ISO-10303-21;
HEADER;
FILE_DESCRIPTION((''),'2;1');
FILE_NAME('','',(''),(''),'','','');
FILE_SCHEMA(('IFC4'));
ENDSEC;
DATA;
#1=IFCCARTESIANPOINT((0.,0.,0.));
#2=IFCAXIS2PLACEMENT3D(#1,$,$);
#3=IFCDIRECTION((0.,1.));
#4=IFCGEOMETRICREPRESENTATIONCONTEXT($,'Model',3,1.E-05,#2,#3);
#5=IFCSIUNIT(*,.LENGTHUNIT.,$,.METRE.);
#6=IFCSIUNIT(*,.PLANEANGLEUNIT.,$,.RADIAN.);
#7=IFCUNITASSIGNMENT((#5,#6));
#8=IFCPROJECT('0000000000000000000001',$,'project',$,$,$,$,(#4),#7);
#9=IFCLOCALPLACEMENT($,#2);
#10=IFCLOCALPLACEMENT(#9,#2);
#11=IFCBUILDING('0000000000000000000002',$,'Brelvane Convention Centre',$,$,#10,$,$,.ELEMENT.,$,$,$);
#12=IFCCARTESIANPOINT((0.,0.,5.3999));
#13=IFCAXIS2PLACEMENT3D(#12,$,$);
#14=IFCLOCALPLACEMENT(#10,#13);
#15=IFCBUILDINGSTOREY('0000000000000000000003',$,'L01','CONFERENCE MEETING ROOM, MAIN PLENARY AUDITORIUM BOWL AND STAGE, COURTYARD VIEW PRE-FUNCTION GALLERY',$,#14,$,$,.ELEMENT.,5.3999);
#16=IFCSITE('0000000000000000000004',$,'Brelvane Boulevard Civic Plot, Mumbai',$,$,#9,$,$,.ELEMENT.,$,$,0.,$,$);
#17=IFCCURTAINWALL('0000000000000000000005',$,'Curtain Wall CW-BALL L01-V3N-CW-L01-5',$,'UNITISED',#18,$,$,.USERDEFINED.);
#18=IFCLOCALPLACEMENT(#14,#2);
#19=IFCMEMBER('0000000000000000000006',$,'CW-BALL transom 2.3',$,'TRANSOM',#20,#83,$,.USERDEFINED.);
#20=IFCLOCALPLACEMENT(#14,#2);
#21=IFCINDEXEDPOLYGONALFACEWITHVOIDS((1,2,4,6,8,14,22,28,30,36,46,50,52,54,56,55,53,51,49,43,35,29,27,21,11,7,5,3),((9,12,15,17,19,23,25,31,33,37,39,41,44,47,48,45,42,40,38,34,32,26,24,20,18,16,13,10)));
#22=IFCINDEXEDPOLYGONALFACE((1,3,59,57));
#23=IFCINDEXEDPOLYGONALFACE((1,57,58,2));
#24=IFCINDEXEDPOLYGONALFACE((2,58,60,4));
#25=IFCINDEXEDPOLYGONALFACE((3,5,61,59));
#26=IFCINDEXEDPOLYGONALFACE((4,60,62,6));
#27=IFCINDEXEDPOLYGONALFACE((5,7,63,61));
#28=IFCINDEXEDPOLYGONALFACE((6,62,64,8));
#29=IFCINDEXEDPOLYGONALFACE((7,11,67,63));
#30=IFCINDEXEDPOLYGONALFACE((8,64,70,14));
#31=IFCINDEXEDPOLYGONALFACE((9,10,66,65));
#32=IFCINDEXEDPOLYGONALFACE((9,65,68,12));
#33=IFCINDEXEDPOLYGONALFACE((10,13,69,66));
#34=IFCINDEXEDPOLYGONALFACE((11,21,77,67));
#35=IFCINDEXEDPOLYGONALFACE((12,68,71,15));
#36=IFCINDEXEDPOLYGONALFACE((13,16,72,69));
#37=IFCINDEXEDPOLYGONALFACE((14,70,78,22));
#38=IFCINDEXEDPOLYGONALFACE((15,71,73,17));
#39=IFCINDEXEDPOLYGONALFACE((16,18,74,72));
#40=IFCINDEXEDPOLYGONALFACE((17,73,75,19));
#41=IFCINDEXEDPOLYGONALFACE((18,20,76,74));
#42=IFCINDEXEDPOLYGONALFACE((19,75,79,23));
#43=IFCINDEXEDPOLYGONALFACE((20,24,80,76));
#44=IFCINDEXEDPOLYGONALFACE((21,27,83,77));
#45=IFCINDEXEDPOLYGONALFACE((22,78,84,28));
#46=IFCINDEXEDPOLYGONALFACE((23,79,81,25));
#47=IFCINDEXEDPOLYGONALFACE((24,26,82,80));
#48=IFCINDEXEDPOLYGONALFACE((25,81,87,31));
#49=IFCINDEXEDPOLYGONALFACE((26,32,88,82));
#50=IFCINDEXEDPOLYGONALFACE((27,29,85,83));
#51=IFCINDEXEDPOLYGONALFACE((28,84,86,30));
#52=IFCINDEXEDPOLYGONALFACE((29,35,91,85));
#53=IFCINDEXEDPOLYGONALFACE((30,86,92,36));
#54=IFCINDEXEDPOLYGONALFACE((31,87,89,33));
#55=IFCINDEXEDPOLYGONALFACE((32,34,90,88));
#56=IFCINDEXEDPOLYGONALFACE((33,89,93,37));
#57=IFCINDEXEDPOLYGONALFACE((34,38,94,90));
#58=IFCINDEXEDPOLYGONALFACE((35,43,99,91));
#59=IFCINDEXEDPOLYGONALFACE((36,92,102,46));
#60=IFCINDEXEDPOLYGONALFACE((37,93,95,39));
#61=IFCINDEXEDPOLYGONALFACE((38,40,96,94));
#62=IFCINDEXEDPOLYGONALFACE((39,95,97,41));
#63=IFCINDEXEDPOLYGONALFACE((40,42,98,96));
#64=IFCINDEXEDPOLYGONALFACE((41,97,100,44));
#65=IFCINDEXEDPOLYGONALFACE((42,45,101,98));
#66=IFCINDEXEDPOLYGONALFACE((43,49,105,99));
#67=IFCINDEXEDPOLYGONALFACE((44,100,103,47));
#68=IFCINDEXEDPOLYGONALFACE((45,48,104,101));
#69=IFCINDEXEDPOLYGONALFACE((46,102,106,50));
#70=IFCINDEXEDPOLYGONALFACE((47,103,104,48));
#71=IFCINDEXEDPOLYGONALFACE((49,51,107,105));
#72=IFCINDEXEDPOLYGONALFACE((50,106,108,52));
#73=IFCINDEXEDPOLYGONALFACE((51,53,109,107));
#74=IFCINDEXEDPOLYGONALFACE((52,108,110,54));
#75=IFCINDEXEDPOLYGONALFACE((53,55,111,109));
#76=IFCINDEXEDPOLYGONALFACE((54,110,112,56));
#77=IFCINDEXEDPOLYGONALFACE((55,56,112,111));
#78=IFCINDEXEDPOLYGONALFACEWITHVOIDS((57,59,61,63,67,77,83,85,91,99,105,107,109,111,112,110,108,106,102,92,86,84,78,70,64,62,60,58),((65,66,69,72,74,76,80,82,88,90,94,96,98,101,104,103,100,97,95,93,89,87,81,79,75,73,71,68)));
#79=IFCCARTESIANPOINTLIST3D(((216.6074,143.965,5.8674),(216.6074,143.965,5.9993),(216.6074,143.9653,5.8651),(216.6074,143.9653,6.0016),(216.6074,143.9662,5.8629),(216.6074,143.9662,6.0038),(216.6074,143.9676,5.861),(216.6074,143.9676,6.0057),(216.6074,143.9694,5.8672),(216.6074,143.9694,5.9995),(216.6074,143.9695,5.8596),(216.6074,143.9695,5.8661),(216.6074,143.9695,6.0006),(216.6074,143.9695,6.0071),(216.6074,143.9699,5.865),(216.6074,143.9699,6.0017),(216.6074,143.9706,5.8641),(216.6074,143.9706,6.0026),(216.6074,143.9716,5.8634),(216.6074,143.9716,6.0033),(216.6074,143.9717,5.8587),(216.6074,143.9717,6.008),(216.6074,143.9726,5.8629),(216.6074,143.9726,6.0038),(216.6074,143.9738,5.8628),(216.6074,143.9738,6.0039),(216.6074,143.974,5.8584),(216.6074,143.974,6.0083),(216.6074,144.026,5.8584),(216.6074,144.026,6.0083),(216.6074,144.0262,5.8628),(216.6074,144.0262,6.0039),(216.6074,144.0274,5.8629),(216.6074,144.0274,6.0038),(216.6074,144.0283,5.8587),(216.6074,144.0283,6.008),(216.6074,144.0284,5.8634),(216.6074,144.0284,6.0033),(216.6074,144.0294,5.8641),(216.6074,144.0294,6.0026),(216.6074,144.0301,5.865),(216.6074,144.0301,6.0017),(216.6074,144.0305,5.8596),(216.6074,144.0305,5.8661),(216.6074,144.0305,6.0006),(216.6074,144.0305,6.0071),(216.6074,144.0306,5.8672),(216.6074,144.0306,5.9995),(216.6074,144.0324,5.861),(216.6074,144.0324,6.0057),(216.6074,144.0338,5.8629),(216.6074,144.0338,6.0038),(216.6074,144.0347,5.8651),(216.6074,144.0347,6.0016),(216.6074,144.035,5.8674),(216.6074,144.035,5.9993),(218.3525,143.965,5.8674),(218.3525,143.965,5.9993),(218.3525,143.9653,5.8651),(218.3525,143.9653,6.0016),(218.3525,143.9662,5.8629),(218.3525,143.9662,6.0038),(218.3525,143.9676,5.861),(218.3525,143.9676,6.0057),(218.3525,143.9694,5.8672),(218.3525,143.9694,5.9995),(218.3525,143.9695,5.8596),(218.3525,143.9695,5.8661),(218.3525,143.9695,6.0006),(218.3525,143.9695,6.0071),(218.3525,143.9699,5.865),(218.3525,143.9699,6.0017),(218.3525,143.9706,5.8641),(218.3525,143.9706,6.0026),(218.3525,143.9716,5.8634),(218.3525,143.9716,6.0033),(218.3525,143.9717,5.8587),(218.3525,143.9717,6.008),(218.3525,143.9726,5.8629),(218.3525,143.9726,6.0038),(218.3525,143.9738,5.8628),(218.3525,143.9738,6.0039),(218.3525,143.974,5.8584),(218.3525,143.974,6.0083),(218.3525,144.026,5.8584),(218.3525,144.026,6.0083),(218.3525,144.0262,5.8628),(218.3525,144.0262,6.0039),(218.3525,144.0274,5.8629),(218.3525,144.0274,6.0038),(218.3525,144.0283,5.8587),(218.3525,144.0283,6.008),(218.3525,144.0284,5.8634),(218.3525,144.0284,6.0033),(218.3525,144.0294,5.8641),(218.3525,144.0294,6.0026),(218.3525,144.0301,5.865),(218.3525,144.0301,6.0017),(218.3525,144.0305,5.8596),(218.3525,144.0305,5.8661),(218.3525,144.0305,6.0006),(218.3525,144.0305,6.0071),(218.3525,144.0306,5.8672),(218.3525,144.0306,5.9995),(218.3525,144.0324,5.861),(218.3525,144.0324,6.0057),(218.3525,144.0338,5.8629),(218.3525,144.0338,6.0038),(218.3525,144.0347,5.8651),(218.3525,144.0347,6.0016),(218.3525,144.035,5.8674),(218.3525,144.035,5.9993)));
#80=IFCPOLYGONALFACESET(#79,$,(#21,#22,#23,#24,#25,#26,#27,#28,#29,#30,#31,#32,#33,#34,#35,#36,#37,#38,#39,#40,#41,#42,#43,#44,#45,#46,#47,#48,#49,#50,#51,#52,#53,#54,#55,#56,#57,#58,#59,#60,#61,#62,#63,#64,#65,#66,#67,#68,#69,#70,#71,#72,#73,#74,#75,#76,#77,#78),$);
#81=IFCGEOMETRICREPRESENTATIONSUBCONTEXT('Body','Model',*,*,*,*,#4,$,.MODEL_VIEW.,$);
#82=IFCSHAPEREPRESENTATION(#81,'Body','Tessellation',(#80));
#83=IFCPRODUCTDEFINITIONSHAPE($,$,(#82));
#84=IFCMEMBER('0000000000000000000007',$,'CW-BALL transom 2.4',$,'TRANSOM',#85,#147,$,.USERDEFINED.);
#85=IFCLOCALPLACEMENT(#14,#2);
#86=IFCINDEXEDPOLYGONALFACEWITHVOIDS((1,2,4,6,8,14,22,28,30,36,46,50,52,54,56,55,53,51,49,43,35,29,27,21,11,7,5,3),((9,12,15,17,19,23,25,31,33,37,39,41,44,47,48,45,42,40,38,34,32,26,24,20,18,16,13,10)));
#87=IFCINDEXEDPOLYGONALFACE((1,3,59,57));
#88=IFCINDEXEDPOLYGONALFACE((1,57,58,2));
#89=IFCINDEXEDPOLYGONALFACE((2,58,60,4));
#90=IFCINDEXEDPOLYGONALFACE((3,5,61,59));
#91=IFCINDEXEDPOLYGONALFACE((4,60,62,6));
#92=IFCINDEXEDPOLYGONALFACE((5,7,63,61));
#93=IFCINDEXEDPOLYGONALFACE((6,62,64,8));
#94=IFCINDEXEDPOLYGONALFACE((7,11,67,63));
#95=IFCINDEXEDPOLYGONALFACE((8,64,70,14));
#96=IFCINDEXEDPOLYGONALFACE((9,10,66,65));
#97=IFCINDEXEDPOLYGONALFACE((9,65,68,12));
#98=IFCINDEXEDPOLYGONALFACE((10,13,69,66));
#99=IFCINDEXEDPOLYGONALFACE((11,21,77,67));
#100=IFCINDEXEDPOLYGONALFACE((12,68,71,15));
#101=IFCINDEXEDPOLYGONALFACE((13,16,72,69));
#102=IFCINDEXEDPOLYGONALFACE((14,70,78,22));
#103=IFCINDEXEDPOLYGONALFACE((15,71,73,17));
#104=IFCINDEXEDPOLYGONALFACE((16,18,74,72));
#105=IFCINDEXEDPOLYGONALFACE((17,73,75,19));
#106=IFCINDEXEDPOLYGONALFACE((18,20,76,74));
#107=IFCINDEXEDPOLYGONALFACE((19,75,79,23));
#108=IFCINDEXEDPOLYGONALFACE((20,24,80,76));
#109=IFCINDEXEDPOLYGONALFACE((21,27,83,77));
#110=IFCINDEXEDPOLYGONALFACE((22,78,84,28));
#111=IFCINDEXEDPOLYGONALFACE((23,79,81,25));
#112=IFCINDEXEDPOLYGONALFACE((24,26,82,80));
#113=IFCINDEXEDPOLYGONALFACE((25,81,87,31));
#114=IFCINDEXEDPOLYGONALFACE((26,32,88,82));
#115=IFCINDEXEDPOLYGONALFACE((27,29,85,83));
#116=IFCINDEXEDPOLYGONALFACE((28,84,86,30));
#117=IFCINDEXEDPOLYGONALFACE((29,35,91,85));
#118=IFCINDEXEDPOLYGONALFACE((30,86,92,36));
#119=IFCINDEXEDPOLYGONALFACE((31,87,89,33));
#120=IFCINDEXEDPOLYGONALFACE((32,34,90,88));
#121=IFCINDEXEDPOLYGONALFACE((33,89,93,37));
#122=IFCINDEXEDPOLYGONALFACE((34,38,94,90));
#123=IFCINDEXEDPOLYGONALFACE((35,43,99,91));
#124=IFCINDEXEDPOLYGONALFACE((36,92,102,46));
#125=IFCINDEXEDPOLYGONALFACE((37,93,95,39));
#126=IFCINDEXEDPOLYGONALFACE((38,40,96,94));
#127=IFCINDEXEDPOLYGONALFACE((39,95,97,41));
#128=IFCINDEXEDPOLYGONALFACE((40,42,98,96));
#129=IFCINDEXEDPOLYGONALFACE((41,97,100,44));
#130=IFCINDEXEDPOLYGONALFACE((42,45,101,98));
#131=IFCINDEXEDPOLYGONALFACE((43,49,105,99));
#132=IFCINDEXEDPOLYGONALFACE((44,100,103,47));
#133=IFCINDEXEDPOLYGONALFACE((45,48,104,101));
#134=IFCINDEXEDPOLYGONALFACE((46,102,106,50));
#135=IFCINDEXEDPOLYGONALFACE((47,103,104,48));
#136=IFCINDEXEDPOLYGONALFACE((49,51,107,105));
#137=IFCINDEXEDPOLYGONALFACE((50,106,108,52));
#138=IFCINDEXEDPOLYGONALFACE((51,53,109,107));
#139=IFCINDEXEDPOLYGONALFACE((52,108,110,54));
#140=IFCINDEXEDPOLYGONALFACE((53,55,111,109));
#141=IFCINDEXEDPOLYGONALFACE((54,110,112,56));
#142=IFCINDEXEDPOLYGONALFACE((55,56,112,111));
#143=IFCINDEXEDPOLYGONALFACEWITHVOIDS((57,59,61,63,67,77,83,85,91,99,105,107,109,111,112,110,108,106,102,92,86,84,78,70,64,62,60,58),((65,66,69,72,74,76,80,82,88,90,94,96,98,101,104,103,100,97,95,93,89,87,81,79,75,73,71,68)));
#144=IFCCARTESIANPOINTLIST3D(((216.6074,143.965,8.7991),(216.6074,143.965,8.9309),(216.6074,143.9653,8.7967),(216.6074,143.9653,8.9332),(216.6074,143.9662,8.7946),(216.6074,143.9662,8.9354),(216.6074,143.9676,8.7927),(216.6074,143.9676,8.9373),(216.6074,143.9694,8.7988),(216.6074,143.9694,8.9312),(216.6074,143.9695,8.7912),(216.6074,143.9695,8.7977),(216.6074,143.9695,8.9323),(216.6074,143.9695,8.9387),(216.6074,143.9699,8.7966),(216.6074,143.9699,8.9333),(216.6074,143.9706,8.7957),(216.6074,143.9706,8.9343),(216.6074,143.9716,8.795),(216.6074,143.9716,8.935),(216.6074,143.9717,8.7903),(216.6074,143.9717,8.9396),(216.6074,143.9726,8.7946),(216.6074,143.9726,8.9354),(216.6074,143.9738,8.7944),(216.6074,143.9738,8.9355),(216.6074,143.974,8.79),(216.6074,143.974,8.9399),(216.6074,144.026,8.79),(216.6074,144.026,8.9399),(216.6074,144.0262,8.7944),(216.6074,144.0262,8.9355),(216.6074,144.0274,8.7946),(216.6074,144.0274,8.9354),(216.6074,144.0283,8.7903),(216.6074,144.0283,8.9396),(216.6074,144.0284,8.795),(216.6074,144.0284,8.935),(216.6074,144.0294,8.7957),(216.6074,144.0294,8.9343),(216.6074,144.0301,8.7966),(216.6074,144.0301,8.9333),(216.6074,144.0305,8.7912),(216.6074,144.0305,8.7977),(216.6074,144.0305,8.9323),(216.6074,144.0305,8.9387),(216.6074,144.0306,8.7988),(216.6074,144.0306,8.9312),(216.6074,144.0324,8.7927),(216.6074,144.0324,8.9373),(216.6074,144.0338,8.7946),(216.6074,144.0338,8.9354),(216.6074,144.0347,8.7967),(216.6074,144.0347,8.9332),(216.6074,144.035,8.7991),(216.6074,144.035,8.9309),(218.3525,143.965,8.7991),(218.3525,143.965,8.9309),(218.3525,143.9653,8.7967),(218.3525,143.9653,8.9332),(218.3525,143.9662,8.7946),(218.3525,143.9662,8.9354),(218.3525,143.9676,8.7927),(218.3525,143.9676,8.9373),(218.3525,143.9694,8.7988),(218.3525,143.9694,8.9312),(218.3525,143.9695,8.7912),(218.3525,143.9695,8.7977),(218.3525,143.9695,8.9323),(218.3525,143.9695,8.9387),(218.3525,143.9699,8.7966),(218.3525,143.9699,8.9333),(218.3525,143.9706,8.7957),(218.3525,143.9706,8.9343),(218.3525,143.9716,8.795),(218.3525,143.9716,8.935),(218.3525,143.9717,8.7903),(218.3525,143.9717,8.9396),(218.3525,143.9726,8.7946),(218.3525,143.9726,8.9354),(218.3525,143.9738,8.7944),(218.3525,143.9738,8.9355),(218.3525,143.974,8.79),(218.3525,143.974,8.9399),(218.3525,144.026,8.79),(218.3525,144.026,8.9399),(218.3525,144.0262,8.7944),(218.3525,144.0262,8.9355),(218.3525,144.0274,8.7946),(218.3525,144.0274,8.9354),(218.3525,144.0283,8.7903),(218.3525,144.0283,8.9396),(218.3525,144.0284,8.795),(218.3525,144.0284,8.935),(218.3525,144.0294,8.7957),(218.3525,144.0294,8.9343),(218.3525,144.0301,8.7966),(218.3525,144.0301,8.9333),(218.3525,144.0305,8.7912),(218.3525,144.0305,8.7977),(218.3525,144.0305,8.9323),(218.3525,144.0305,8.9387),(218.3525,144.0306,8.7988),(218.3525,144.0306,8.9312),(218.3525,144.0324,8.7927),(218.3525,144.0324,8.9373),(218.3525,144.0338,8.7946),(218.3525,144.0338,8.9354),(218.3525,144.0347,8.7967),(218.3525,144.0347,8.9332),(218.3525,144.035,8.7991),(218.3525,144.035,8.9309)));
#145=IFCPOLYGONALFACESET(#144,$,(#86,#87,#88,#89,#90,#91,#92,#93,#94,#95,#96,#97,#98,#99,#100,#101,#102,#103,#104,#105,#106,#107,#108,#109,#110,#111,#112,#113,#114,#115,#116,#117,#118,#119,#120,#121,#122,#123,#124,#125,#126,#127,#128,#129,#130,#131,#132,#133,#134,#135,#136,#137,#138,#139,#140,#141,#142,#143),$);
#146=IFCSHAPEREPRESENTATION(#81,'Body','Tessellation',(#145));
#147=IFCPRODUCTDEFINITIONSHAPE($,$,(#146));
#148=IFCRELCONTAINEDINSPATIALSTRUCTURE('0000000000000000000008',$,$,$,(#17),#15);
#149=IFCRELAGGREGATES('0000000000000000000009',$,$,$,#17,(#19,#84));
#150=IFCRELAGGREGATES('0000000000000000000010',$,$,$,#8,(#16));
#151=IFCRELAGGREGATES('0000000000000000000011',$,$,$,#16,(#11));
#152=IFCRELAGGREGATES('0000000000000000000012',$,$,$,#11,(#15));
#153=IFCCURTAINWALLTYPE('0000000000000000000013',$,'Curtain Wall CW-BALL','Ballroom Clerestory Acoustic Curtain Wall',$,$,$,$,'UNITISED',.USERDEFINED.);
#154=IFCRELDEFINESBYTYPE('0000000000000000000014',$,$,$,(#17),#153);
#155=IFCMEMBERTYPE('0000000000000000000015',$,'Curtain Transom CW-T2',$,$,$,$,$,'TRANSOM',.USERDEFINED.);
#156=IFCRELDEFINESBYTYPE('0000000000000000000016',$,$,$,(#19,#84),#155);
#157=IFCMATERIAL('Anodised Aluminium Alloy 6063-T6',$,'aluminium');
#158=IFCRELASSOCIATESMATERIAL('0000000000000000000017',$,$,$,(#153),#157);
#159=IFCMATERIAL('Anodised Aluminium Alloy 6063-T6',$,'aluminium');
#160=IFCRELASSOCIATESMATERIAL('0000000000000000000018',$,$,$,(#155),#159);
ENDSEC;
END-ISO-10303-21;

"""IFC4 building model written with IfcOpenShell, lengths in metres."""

from ifc_helpers import new_model, si_unit, direction, frame, origin, origin_2d, place, context, subcontext, project, spatial, hollow_rectangle, extrude, material, material_profile, profile_set, type_object, element, aggregate, save


model = new_model("IFC4")

# Units and contexts
model_context = context("Model", 3, precision=1e-05, world=origin(), true_north=direction((0.0, 1.0)))
body_context = subcontext(model_context, "Body", "Model", "MODEL_VIEW")
ifc_project = project(units=[si_unit("LENGTHUNIT", "METRE"), si_unit("PLANEANGLEUNIT", "RADIAN")], contexts=[model_context])

# Site, building, storey
site_placement = place(None, origin())
site = spatial("IfcSite", under=ifc_project, at=site_placement, Name="Brelvane Boulevard Civic Plot, Mumbai", CompositionType="ELEMENT", RefElevation=0.0)
building_placement = place(site_placement, origin())
building = spatial("IfcBuilding", under=site, at=building_placement, Name="Brelvane Convention Centre", CompositionType="ELEMENT")
storey_placement = place(building_placement, frame((0.0, 0.0, 5.3999)))
storey = spatial("IfcBuildingStorey", under=building, at=storey_placement, Name="L01", Description="CONFERENCE MEETING ROOM, MAIN PLENARY AUDITORIUM BOWL AND STAGE, COURTYARD VIEW PRE-FUNCTION GALLERY", CompositionType="ELEMENT", Elevation=5.3999)

# Curtain wall, members
ifc_material_1 = material(Name="Anodised Aluminium Alloy 6063-T6", Category="aluminium")
curtain_wall_type = type_object("IfcCurtainWallType", Name="Curtain Wall CW-BALL", Description="Ballroom Clerestory Acoustic Curtain Wall", ElementType="UNITISED", PredefinedType="USERDEFINED", material=ifc_material_1)
curtain_wall_placement = place(storey_placement, origin())
curtain_wall = element("IfcCurtainWall", 1, at=curtain_wall_placement, inside=storey, type_object=curtain_wall_type, Name="Curtain Wall CW-BALL L01-V3N-CW-L01-5", ObjectType="UNITISED", PredefinedType="USERDEFINED")
ifc_material_2 = material(Name="Anodised Aluminium Alloy 6063-T6", Category="aluminium")
ifc_material_profile_1 = material_profile(ifc_material_2, hollow_rectangle(XDim=0.0701, YDim=0.1499, WallThickness=0.0044, InnerFilletRadius=0.0044, OuterFilletRadius=0.009, at=origin_2d()), Name="ALU-T 150x70x4.5")
ifc_profile_set_1 = profile_set([ifc_material_profile_1], Name="Anodised Aluminium Alloy 6063-T6")
member_type_1 = type_object("IfcMemberType", Name="Curtain Transom CW-T2", ElementType="TRANSOM", PredefinedType="USERDEFINED", material=ifc_profile_set_1)
member_1_placement = place(storey_placement, frame((216.6074, 144.0, 5.9333), z_axis=(1.0, 0.0, 0.0), x_axis=(0.0, 1.0, 0.0)))
member_1 = element("IfcMember", 2, at=member_1_placement, type_object=member_type_1, Name="CW-BALL transom 2.3", ObjectType="TRANSOM", PredefinedType="USERDEFINED", context=body_context, shape_type="SweptSolid", body=[
    extrude(hollow_rectangle(XDim=0.0701, YDim=0.1499, WallThickness=0.0044, InnerFilletRadius=0.0044, OuterFilletRadius=0.009, at=origin_2d()), origin(), (0.0, 0.0, 1.0), 1.7451),
])
member_2_placement = place(storey_placement, frame((216.6074, 144.0, 8.865), z_axis=(1.0, 0.0, 0.0), x_axis=(0.0, 1.0, 0.0)))
member_2 = element("IfcMember", 3, at=member_2_placement, type_object=member_type_1, Name="CW-BALL transom 2.4", ObjectType="TRANSOM", PredefinedType="USERDEFINED", context=body_context, shape_type="SweptSolid", body=[
    extrude(hollow_rectangle(XDim=0.0701, YDim=0.1499, WallThickness=0.0044, InnerFilletRadius=0.0044, OuterFilletRadius=0.009, at=origin_2d()), origin(), (0.0, 0.0, 1.0), 1.7451),
])
aggregate(curtain_wall, [member_1, member_2])

save(model, "model.ifc")
